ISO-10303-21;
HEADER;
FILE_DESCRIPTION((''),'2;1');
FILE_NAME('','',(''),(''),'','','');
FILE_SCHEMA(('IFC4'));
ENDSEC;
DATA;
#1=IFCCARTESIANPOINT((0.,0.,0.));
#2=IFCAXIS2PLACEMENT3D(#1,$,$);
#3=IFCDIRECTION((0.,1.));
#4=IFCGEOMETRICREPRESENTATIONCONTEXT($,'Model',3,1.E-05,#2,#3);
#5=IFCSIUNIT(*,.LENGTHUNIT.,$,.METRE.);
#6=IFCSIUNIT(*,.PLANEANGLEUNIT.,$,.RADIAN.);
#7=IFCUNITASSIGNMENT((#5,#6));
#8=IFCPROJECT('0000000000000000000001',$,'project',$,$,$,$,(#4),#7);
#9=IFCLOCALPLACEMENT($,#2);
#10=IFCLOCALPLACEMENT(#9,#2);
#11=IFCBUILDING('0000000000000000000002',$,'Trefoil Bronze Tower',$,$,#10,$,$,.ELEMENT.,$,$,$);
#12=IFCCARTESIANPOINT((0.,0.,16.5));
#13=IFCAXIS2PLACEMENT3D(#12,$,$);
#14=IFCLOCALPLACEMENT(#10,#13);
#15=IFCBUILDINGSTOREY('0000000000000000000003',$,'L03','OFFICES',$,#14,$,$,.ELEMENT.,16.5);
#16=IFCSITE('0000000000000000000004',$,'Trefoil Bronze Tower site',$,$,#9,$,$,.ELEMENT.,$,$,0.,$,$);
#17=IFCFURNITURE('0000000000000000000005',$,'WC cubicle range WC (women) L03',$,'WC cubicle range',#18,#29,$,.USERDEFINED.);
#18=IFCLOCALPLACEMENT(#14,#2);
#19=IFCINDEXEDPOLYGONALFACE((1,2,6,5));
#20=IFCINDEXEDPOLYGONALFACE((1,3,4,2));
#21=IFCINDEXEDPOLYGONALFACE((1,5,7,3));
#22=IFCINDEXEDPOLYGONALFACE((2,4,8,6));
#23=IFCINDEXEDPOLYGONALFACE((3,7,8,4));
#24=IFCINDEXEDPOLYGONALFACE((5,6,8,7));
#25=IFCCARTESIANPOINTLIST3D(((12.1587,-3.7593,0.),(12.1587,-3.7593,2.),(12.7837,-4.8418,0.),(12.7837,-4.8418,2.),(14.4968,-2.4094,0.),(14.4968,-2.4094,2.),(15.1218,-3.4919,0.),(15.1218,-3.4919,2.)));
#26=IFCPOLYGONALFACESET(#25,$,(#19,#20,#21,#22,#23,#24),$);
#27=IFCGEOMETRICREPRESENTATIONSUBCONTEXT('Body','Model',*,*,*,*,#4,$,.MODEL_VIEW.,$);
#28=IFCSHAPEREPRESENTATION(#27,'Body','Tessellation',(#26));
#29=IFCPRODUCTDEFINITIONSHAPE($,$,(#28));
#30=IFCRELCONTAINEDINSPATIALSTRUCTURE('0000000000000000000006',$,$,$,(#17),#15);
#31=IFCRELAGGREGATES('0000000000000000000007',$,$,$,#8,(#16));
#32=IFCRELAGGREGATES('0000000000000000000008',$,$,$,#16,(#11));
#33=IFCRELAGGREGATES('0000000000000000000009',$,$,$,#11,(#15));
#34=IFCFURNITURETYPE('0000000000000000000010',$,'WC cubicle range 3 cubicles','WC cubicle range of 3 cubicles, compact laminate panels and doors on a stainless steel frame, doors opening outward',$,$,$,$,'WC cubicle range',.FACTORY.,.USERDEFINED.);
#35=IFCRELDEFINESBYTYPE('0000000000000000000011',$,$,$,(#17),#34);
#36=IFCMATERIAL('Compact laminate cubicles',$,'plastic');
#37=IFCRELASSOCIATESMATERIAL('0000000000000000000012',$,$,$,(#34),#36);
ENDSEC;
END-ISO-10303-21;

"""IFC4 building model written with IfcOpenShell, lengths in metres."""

from ifc_helpers import new_model, si_unit, direction, frame, origin, place, context, subcontext, project, spatial, polyline, outline, extrude, material, type_object, element, save


model = new_model("IFC4")

# Units and contexts
model_context = context("Model", 3, precision=1e-05, world=origin(), true_north=direction((0.0, 1.0)))
body_context = subcontext(model_context, "Body", "Model", "MODEL_VIEW")
ifc_project = project(units=[si_unit("LENGTHUNIT", "METRE"), si_unit("PLANEANGLEUNIT", "RADIAN")], contexts=[model_context])

# Site, building, storey
site_placement = place(None, origin())
site = spatial("IfcSite", under=ifc_project, at=site_placement, Name="Trefoil Bronze Tower site", CompositionType="ELEMENT", RefElevation=0.0)
building_placement = place(site_placement, origin())
building = spatial("IfcBuilding", under=site, at=building_placement, Name="Trefoil Bronze Tower", CompositionType="ELEMENT")
storey_placement = place(building_placement, frame((0.0, 0.0, 16.5)))
storey = spatial("IfcBuildingStorey", under=building, at=storey_placement, Name="L03", Description="OFFICES", CompositionType="ELEMENT", Elevation=16.5)

# Furniture
ifc_material_1 = material(Name="Compact laminate cubicles", Category="plastic")
furniture_type = type_object("IfcFurnitureType", Name="WC cubicle range 3 cubicles", Description="WC cubicle range of 3 cubicles, compact laminate panels and doors on a stainless steel frame, doors opening outward", ElementType="WC cubicle range", AssemblyPlace="FACTORY", PredefinedType="USERDEFINED", material=ifc_material_1)
furniture_placement = place(storey_placement, origin())
element("IfcFurniture", 1, at=furniture_placement, inside=storey, type_object=furniture_type, Name="WC cubicle range WC (women) L03", ObjectType="WC cubicle range", PredefinedType="USERDEFINED", context=body_context, shape_type="SweptSolid", body=[
    extrude(outline(polyline([(12.1587, -3.7593), (12.7837, -4.8418), (15.1218, -3.4919), (14.4968, -2.4094), (12.1587, -3.7593)])), origin(), (0.0, 0.0, 1.0), 2.0),
])

save(model, "model.ifc")
